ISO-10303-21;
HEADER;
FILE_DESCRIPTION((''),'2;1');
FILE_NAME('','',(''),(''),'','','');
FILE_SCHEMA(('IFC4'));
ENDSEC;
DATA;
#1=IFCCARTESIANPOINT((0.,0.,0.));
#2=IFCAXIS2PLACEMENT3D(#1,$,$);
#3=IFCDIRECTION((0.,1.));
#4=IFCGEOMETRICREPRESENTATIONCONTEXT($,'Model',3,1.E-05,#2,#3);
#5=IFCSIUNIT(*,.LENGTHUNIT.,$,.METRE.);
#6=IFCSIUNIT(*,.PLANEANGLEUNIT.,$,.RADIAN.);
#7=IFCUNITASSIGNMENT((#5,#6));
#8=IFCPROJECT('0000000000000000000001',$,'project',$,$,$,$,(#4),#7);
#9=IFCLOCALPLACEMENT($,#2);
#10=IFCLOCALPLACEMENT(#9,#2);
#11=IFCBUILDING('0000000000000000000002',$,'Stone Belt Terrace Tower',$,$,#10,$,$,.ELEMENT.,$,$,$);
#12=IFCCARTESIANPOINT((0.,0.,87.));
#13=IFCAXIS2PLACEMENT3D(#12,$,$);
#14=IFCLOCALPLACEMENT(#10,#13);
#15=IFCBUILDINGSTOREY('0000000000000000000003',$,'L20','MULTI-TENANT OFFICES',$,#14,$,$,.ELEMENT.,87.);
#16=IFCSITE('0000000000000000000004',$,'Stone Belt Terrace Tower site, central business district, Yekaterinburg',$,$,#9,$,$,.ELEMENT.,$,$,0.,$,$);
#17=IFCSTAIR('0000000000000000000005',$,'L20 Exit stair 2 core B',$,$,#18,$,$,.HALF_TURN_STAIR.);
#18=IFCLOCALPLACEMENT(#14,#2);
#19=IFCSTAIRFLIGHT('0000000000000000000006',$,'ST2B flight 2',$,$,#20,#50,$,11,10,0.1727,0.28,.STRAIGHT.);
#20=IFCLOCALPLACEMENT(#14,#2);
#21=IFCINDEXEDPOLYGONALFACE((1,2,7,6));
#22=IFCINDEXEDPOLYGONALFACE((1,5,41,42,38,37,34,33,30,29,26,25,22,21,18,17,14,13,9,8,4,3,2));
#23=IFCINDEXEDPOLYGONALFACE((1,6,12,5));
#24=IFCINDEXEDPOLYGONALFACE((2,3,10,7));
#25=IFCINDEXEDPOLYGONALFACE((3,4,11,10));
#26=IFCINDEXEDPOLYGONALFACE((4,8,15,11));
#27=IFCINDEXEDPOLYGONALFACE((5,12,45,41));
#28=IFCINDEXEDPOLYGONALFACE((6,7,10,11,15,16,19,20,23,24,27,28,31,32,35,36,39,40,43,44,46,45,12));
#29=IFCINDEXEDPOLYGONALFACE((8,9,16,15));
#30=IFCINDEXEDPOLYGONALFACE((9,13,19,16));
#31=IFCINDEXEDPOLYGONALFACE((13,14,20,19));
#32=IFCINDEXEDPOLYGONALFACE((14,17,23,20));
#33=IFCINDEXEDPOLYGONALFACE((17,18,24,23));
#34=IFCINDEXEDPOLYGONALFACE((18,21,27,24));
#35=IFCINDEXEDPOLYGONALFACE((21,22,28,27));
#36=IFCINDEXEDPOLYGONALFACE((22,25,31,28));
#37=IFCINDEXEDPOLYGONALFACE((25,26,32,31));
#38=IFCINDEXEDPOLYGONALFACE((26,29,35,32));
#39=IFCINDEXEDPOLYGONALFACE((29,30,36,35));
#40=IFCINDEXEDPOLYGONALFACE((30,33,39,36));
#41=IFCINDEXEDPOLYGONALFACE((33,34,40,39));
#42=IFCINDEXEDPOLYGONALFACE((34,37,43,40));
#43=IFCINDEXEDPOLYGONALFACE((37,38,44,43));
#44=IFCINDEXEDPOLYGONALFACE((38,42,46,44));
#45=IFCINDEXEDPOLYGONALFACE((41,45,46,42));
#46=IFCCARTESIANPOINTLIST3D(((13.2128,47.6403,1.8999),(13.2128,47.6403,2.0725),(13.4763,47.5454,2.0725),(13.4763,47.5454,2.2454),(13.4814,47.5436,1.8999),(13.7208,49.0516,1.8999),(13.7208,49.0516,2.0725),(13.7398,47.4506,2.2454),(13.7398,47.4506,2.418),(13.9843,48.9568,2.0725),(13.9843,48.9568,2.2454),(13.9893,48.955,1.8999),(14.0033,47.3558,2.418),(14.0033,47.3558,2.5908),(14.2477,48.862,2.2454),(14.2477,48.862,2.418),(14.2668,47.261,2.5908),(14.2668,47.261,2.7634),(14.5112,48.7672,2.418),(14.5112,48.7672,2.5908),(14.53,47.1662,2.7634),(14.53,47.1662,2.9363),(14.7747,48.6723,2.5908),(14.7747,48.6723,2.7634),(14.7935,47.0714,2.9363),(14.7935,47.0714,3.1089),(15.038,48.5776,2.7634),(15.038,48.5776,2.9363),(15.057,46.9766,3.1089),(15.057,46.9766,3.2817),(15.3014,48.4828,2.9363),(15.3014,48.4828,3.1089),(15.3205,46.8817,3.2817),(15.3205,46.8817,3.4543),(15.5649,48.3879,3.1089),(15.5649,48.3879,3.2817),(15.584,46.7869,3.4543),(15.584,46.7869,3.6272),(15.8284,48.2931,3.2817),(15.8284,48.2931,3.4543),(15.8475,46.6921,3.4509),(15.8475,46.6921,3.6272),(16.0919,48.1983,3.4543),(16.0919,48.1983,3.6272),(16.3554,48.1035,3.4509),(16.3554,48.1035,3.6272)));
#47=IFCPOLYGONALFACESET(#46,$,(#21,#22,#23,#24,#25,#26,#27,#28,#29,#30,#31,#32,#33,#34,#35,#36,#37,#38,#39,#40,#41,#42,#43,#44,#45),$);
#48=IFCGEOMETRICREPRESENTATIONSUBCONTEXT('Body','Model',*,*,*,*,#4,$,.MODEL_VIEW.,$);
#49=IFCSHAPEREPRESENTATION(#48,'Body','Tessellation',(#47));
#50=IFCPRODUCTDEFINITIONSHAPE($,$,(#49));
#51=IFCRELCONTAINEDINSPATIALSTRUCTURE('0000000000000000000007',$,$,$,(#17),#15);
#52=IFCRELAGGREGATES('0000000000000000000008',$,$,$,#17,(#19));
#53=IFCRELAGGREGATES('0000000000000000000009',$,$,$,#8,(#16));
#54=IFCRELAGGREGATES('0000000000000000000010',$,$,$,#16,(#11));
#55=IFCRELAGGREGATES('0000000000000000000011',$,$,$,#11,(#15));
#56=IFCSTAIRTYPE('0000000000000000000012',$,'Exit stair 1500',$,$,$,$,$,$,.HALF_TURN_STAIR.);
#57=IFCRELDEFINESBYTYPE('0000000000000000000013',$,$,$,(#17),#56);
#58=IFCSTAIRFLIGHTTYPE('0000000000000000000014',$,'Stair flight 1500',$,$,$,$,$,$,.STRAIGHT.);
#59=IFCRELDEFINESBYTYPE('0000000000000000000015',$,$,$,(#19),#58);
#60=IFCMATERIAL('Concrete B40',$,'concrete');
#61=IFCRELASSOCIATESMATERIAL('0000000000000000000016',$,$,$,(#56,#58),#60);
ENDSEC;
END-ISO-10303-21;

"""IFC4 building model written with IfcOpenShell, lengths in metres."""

from ifc_helpers import new_model, si_unit, direction, frame, origin, place, context, subcontext, project, spatial, polyline, outline, extrude, material, type_object, element, aggregate, save


model = new_model("IFC4")

# Units and contexts
model_context = context("Model", 3, precision=1e-05, world=origin(), true_north=direction((0.0, 1.0)))
body_context = subcontext(model_context, "Body", "Model", "MODEL_VIEW")
ifc_project = project(units=[si_unit("LENGTHUNIT", "METRE"), si_unit("PLANEANGLEUNIT", "RADIAN")], contexts=[model_context])

# Site, building, storey
site_placement = place(None, origin())
site = spatial("IfcSite", under=ifc_project, at=site_placement, Name="Stone Belt Terrace Tower site, central business district, Yekaterinburg", CompositionType="ELEMENT", RefElevation=0.0)
building_placement = place(site_placement, origin())
building = spatial("IfcBuilding", under=site, at=building_placement, Name="Stone Belt Terrace Tower", CompositionType="ELEMENT")
storey_placement = place(building_placement, frame((0.0, 0.0, 87.0)))
storey = spatial("IfcBuildingStorey", under=building, at=storey_placement, Name="L20", Description="MULTI-TENANT OFFICES", CompositionType="ELEMENT", Elevation=87.0)

# Stair, stair flight
ifc_material_1 = material(Name="Concrete B40", Category="concrete")
stair_type = type_object("IfcStairType", Name="Exit stair 1500", PredefinedType="HALF_TURN_STAIR", material=ifc_material_1)
stair_placement = place(storey_placement, origin())
stair = element("IfcStair", 1, at=stair_placement, inside=storey, type_object=stair_type, Name="L20 Exit stair 2 core B", PredefinedType="HALF_TURN_STAIR")
stair_flight_type = type_object("IfcStairFlightType", Name="Stair flight 1500", PredefinedType="STRAIGHT", material=ifc_material_1)
stair_flight_1_placement = place(storey_placement, frame((13.4668, 48.3459, 1.8999), z_axis=(0.0, 0.0, 1.0), x_axis=(0.940922, -0.338624, 0.0)))
stair_flight_1 = element("IfcStairFlight", 2, at=stair_flight_1_placement, type_object=stair_flight_type, Name="ST2B flight 2", NumberOfRisers=11, NumberOfTreads=10, PredefinedType="STRAIGHT", RiserHeight=0.1727, TreadLength=0.28, context=body_context, shape_type="SweptSolid", body=[
    extrude(outline(polyline([(0.0, 0.0), (0.0, 0.1726), (0.28, 0.1726), (0.28, 0.3455), (0.5601, 0.3455), (0.5601, 0.5181), (0.8401, 0.5181), (0.8401, 0.6909), (1.1201, 0.6909), (1.1201, 0.8635), (1.3999, 0.8635), (1.3999, 1.0364), (1.6799, 1.0364), (1.6799, 1.209), (1.96, 1.209), (1.96, 1.3818), (2.24, 1.3818), (2.24, 1.5544), (2.52, 1.5544), (2.52, 1.7273), (2.8, 1.7273), (2.8, 1.8999), (2.8, 1.551), (0.2854, 0.0), (0.0, 0.0)])), frame((0.0, 0.75, 0.0), z_axis=(0.0, -1.0, 0.0), x_axis=(1.0, 0.0, 0.0)), (0.0, 0.0, 1.0), 1.5),
])
aggregate(stair, [stair_flight_1])

save(model, "model.ifc")
